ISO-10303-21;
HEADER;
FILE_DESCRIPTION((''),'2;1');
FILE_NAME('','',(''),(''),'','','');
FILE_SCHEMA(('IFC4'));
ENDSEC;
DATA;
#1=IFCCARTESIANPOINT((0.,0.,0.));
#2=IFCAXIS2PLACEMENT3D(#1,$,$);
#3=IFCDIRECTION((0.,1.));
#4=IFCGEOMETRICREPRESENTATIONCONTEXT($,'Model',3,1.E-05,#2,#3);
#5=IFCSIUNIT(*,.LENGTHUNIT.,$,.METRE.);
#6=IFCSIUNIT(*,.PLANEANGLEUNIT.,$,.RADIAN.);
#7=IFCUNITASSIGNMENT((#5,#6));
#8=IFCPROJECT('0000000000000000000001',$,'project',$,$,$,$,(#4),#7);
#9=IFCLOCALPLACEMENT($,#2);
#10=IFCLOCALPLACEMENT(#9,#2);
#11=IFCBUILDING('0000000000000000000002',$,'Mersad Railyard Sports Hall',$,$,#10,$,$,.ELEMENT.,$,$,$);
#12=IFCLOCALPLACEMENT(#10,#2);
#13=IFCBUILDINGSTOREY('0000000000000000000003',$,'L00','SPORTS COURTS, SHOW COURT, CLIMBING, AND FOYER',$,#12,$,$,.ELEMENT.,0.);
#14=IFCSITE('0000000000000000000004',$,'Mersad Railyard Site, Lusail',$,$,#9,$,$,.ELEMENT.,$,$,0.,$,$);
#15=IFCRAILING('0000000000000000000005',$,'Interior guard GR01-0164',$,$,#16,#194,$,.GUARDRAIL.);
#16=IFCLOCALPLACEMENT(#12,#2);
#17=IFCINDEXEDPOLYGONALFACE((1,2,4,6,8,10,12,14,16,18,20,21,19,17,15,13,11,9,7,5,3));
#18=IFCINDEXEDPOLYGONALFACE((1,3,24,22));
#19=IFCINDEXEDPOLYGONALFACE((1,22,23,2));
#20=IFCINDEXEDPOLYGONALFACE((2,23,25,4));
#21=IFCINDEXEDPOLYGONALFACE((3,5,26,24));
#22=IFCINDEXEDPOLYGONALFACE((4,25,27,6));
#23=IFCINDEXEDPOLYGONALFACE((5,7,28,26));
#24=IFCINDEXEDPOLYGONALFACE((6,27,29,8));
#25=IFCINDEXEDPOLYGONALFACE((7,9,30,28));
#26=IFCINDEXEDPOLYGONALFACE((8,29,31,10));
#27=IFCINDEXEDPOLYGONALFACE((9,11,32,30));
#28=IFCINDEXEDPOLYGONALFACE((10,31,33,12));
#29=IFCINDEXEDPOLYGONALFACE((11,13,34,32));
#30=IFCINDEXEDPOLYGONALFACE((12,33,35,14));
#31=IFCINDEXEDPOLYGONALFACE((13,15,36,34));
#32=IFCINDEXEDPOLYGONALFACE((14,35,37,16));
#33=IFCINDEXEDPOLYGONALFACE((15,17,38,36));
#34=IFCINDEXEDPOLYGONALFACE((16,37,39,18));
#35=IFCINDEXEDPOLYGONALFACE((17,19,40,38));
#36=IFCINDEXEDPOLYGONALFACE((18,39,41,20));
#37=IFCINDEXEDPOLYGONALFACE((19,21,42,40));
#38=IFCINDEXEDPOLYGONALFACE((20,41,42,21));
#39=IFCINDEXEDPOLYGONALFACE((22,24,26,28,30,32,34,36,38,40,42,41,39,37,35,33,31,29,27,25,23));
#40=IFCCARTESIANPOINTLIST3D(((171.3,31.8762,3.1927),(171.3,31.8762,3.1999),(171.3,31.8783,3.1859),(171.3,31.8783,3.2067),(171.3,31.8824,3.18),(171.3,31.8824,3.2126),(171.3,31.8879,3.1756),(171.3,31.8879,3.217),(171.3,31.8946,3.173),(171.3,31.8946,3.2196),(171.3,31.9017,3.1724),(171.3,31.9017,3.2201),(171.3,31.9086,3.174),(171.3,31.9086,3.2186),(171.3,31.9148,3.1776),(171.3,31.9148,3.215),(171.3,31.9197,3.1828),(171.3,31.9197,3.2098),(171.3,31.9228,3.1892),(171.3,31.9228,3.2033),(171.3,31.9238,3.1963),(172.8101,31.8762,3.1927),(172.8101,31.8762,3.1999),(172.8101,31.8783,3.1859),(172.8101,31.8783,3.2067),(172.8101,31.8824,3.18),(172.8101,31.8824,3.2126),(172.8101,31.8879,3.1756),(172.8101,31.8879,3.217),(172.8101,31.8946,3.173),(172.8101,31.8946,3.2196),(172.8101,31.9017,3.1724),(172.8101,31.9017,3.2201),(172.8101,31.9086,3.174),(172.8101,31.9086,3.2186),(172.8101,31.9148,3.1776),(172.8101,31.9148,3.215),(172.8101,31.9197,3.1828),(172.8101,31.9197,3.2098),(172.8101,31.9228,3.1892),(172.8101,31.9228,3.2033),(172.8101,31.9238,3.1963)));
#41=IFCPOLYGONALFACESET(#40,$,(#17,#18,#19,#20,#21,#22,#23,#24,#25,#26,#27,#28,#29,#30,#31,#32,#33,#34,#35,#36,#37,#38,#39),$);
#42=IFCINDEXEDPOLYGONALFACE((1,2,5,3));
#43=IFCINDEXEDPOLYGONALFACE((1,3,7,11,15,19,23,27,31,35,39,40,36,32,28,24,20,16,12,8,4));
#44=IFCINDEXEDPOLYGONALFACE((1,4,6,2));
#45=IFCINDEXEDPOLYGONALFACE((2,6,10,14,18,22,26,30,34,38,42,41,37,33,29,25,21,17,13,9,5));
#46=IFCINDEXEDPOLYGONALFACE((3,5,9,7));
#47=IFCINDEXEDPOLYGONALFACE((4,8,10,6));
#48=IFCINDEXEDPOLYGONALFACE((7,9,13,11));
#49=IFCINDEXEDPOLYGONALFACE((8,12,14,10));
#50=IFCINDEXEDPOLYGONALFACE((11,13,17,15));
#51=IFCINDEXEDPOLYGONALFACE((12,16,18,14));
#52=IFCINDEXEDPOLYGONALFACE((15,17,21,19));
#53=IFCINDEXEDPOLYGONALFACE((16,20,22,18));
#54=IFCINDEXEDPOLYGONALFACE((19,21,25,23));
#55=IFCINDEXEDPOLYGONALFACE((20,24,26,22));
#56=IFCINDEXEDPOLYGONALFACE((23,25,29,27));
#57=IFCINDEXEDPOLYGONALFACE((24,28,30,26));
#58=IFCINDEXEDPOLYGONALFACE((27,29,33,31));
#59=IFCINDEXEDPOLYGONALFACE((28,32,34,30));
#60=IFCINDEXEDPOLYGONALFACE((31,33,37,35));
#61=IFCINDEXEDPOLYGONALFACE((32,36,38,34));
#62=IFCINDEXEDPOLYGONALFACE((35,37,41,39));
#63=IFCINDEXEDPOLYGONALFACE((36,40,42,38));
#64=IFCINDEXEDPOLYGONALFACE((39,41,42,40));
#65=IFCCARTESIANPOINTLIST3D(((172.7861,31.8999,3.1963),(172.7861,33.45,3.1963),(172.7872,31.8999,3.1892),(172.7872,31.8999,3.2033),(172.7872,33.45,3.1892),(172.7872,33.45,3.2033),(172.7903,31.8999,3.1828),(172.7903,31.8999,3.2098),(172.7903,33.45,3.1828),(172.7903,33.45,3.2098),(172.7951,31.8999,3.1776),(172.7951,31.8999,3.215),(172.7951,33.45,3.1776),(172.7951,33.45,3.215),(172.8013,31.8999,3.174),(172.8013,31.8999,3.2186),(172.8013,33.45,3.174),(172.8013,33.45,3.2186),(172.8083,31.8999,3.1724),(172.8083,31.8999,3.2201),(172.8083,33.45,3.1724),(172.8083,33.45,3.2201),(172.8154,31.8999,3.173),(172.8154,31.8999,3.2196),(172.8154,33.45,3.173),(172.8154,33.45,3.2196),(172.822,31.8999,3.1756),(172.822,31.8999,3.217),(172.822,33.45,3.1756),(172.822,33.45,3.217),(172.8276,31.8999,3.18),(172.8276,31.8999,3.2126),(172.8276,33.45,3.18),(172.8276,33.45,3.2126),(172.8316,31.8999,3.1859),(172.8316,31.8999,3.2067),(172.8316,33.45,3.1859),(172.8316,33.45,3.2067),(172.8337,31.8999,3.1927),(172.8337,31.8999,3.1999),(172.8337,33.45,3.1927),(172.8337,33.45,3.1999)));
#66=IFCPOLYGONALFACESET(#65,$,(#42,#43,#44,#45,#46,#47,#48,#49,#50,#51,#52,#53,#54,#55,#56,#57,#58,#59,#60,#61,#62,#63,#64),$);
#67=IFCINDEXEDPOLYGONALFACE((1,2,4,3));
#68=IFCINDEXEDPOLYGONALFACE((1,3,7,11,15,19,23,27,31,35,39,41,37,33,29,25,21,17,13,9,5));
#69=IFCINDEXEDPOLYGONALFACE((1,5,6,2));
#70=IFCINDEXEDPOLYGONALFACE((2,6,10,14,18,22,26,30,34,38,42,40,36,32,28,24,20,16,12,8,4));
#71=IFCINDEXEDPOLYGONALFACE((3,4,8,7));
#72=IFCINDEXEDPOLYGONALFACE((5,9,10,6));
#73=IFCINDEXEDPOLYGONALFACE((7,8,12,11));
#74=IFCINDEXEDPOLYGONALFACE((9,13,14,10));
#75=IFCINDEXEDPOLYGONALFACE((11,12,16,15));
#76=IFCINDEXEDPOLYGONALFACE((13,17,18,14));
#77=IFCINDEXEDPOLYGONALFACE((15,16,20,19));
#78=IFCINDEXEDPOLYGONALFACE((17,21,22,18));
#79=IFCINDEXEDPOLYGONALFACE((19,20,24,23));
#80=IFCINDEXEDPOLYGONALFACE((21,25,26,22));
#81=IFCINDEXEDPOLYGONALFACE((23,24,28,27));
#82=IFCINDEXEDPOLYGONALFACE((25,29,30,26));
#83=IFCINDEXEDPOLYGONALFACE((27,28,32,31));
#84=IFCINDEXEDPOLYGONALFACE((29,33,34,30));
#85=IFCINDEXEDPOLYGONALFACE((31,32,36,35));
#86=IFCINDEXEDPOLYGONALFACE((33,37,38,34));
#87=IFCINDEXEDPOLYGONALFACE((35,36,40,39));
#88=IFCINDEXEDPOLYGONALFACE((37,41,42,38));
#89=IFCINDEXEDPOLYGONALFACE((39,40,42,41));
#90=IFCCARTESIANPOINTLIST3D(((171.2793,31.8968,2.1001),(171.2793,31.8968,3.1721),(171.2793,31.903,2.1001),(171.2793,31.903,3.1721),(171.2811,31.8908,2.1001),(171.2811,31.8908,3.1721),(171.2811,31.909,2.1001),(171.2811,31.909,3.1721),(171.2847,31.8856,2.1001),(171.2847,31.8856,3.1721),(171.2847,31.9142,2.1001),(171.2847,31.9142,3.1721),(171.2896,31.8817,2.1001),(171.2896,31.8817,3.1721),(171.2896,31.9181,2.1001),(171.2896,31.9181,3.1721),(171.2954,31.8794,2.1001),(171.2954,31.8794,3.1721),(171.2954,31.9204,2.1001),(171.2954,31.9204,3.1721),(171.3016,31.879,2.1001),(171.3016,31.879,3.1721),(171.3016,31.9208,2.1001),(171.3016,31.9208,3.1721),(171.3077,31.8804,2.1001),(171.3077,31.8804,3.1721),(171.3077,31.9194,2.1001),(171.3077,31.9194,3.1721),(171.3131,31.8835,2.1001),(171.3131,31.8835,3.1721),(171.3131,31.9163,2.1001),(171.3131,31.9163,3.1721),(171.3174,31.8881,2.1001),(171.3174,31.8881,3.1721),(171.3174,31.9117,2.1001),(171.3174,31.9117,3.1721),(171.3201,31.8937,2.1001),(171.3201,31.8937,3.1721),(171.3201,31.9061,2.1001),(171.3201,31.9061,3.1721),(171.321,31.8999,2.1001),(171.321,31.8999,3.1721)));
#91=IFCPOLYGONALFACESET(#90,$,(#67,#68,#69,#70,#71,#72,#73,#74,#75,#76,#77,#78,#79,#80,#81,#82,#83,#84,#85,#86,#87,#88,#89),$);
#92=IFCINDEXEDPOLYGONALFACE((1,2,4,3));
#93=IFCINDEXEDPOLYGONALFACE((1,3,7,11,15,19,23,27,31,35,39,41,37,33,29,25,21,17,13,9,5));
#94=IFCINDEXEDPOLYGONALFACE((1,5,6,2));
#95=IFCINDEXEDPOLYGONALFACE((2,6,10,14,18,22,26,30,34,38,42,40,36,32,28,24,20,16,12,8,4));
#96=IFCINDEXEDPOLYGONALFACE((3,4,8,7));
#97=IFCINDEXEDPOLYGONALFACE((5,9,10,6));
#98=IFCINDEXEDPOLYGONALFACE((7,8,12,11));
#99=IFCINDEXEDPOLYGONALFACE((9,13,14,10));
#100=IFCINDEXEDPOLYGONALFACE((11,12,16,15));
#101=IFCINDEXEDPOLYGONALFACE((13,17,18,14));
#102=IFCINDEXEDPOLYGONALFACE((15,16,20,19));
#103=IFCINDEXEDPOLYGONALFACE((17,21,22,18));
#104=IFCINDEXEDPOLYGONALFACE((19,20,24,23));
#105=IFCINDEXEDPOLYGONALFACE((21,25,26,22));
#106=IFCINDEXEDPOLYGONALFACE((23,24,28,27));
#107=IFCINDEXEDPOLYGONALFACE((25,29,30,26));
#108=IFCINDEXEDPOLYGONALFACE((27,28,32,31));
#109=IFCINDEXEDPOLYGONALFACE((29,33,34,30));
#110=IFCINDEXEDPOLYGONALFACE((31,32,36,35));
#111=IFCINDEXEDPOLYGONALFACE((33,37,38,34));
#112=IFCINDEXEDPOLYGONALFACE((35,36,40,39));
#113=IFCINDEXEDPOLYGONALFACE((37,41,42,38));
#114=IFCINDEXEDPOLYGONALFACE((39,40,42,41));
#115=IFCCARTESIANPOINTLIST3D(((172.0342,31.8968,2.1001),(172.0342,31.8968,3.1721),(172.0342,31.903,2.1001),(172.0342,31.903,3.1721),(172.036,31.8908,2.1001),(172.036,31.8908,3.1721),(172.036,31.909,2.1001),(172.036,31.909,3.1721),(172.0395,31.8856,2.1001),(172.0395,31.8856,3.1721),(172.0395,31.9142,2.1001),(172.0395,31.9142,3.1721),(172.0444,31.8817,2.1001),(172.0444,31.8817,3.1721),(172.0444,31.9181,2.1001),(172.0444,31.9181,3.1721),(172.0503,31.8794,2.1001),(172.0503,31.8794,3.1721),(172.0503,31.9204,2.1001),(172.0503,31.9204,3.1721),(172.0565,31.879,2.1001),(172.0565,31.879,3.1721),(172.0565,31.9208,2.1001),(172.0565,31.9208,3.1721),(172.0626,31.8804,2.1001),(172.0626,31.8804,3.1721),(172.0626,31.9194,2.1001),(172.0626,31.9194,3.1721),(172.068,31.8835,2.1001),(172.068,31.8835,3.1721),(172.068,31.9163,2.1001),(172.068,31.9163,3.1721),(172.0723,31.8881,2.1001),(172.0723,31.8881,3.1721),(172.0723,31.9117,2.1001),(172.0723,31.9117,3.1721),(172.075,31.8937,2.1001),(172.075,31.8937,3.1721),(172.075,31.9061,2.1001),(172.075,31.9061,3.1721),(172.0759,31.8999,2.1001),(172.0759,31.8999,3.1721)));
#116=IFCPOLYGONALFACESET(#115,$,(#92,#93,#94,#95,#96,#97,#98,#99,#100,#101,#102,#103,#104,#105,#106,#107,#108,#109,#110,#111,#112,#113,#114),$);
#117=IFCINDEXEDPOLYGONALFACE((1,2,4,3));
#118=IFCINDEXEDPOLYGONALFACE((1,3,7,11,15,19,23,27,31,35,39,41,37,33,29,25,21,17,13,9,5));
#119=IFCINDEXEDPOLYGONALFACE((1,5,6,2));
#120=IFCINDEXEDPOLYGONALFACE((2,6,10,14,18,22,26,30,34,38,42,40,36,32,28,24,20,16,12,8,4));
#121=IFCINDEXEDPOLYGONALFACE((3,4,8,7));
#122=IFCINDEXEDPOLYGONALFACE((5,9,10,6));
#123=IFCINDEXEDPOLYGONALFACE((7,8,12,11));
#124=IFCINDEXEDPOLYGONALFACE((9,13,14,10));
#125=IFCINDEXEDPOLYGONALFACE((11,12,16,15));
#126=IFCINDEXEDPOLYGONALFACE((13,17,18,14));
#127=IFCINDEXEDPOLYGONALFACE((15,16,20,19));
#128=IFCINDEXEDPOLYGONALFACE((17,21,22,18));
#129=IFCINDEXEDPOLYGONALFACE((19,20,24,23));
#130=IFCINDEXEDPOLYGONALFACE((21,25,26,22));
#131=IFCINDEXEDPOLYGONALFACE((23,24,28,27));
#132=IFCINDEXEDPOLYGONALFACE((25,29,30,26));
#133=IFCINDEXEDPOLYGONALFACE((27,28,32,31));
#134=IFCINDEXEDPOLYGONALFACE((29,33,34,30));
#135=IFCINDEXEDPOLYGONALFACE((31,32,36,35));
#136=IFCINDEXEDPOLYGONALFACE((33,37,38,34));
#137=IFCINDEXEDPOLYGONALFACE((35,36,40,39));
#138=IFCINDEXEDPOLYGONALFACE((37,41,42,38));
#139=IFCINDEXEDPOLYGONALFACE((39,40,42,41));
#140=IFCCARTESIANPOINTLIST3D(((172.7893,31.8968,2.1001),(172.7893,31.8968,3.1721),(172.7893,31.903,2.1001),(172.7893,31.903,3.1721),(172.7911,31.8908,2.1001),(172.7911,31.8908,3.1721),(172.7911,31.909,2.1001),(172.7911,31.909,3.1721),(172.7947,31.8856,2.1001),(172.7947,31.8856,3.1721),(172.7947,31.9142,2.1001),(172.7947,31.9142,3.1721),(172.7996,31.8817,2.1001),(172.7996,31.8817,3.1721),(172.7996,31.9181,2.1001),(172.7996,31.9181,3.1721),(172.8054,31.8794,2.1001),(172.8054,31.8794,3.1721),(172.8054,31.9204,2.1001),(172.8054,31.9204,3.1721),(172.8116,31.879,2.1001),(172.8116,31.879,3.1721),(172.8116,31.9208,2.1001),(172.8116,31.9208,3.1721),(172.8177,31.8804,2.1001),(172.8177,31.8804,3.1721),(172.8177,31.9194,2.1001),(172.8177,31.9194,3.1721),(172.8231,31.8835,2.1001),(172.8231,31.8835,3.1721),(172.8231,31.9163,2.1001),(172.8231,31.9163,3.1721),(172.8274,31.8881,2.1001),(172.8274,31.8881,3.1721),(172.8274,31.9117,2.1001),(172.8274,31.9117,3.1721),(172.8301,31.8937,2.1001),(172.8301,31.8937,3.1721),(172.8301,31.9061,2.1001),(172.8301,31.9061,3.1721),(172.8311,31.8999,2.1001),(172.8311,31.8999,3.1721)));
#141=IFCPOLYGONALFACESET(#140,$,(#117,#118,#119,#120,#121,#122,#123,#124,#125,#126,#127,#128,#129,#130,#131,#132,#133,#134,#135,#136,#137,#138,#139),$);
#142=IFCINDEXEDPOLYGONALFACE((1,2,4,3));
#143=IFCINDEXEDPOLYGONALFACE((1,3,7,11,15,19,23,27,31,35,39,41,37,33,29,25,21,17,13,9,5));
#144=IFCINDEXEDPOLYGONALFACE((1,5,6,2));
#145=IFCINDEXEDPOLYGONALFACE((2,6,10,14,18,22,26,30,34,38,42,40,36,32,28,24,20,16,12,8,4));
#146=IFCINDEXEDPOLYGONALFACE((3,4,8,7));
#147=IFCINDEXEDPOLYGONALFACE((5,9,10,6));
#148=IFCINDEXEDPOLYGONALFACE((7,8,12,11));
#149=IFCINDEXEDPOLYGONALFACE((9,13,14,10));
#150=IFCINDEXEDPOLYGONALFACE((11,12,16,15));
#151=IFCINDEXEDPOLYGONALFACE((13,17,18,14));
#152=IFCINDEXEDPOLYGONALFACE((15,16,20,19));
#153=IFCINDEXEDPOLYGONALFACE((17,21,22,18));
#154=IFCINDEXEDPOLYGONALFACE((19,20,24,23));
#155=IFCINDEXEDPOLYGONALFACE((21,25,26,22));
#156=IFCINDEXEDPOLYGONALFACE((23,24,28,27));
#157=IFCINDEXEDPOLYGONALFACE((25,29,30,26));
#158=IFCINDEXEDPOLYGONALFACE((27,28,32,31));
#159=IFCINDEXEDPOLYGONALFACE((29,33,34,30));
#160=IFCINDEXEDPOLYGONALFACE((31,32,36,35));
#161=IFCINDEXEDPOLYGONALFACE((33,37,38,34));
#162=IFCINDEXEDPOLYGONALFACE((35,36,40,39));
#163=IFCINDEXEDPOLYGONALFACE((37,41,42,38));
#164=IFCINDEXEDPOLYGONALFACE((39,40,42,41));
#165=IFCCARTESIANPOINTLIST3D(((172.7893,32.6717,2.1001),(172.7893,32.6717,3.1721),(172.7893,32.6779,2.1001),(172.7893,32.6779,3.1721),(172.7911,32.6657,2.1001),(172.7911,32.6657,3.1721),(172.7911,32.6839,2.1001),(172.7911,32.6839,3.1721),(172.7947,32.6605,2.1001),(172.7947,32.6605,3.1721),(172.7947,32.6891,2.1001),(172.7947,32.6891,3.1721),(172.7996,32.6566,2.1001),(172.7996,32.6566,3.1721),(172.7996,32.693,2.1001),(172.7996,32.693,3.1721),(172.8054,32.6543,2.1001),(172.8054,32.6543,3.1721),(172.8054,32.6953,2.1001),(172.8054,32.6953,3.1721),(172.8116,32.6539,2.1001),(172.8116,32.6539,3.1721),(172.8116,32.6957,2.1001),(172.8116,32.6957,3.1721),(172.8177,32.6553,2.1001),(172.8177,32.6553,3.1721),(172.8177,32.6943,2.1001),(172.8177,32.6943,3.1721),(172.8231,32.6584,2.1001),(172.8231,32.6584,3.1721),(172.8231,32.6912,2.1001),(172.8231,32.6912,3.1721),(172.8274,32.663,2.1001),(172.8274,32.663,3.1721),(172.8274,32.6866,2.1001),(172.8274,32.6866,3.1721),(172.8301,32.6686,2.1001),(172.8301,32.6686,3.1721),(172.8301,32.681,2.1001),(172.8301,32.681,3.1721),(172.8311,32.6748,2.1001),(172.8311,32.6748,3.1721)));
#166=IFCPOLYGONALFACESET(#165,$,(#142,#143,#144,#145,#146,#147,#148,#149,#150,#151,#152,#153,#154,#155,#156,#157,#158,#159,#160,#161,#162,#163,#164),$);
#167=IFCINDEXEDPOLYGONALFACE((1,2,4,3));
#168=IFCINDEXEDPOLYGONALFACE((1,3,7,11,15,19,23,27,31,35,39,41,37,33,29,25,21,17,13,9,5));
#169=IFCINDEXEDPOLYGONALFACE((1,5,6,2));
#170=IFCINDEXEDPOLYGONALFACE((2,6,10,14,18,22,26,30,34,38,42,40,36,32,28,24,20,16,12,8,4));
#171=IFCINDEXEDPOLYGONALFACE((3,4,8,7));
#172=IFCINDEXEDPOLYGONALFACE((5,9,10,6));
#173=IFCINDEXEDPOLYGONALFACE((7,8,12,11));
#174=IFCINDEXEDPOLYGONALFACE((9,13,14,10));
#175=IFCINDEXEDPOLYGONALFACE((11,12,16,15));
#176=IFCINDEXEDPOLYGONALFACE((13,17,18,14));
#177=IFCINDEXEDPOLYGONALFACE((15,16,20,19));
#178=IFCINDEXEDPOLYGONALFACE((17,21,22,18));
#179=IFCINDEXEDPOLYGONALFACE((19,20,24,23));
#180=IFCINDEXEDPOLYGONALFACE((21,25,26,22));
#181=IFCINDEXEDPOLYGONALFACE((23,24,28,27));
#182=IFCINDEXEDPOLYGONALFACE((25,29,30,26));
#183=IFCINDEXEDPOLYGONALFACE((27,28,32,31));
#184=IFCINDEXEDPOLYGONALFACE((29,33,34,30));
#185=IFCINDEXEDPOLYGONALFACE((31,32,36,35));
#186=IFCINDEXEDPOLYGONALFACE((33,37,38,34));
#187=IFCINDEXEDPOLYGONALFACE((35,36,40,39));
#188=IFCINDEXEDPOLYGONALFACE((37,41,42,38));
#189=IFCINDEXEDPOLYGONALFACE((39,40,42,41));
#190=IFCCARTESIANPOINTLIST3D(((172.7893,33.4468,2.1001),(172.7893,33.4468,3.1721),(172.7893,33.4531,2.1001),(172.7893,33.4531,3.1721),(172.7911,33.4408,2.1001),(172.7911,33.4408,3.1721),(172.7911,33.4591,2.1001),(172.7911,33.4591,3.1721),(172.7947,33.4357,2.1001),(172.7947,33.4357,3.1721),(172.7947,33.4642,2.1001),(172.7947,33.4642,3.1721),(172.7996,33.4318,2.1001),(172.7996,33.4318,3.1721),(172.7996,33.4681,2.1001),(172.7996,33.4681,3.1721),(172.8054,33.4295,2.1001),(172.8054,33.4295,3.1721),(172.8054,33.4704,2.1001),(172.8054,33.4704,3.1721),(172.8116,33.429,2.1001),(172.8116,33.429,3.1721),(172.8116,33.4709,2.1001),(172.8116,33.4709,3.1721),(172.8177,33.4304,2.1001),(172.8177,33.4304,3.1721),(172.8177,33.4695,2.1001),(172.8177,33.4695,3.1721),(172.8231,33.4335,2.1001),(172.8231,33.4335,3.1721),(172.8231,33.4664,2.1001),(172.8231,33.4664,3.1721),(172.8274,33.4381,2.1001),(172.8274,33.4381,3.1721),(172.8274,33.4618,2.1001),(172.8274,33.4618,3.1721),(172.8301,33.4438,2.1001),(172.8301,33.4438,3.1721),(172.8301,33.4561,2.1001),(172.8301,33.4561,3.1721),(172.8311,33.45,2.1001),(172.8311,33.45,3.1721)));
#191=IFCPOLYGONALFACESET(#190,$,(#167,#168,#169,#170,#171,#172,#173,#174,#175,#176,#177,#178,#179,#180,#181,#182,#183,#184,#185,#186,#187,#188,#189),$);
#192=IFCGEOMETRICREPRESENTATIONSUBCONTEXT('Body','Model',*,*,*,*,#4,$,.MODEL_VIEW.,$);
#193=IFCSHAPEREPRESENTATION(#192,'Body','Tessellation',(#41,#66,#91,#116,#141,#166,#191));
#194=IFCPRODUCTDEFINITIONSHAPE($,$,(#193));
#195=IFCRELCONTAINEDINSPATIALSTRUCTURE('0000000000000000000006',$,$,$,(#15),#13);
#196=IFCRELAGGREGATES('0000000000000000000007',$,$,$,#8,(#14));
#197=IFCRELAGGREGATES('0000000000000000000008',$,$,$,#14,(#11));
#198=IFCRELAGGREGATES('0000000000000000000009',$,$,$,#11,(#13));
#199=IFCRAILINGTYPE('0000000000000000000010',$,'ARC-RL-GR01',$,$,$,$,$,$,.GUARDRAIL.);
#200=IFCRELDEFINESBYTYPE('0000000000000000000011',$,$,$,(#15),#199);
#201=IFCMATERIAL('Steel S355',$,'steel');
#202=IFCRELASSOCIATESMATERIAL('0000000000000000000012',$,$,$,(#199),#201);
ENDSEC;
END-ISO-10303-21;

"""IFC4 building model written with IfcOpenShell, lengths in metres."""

from ifc_helpers import new_model, si_unit, direction, frame, origin, origin_2d, place, context, subcontext, project, spatial, circle, extrude, material, type_object, element, save


model = new_model("IFC4")

# Units and contexts
model_context = context("Model", 3, precision=1e-05, world=origin(), true_north=direction((0.0, 1.0)))
body_context = subcontext(model_context, "Body", "Model", "MODEL_VIEW")
ifc_project = project(units=[si_unit("LENGTHUNIT", "METRE"), si_unit("PLANEANGLEUNIT", "RADIAN")], contexts=[model_context])

# Site, building, storey
site_placement = place(None, origin())
site = spatial("IfcSite", under=ifc_project, at=site_placement, Name="Mersad Railyard Site, Lusail", CompositionType="ELEMENT", RefElevation=0.0)
building_placement = place(site_placement, origin())
building = spatial("IfcBuilding", under=site, at=building_placement, Name="Mersad Railyard Sports Hall", CompositionType="ELEMENT")
storey_placement = place(building_placement, origin())
storey = spatial("IfcBuildingStorey", under=building, at=storey_placement, Name="L00", Description="SPORTS COURTS, SHOW COURT, CLIMBING, AND FOYER", CompositionType="ELEMENT", Elevation=0.0)

# Shared definitions
ifc_material_1 = material(Name="Steel S355", Category="steel")

# Railing
railing_type = type_object("IfcRailingType", Name="ARC-RL-GR01", PredefinedType="GUARDRAIL", material=ifc_material_1)
railing_placement = place(storey_placement, frame((171.3, 31.8999, 2.1001)))
element("IfcRailing", 1, at=railing_placement, inside=storey, type_object=railing_type, Name="Interior guard GR01-0164", PredefinedType="GUARDRAIL", context=body_context, shape_type="SweptSolid", body=[
    extrude(circle(Radius=0.0239, at=origin_2d()), frame((0.0, 0.0, 1.0962), z_axis=(1.0, 0.0, 0.0), x_axis=(0.0, 1.0, 0.0)), (0.0, 0.0, 1.0), 1.51),
    extrude(circle(Radius=0.0239, at=origin_2d()), frame((1.51, 0.0, 1.0962), z_axis=(0.0, 1.0, 0.0), x_axis=(-1.0, 0.0, 0.0)), (0.0, 0.0, 1.0), 1.55),
    extrude(circle(Radius=0.021, at=origin_2d()), origin(), (0.0, 0.0, 1.0), 1.072),
    extrude(circle(Radius=0.021, at=origin_2d()), frame((0.7549, 0.0, 0.0)), (0.0, 0.0, 1.0), 1.072),
    extrude(circle(Radius=0.021, at=origin_2d()), frame((1.51, 0.0, 0.0)), (0.0, 0.0, 1.0), 1.072),
    extrude(circle(Radius=0.021, at=origin_2d()), frame((1.51, 0.7749, 0.0)), (0.0, 0.0, 1.0), 1.072),
    extrude(circle(Radius=0.021, at=origin_2d()), frame((1.51, 1.55, 0.0)), (0.0, 0.0, 1.0), 1.072),
])

save(model, "model.ifc")
